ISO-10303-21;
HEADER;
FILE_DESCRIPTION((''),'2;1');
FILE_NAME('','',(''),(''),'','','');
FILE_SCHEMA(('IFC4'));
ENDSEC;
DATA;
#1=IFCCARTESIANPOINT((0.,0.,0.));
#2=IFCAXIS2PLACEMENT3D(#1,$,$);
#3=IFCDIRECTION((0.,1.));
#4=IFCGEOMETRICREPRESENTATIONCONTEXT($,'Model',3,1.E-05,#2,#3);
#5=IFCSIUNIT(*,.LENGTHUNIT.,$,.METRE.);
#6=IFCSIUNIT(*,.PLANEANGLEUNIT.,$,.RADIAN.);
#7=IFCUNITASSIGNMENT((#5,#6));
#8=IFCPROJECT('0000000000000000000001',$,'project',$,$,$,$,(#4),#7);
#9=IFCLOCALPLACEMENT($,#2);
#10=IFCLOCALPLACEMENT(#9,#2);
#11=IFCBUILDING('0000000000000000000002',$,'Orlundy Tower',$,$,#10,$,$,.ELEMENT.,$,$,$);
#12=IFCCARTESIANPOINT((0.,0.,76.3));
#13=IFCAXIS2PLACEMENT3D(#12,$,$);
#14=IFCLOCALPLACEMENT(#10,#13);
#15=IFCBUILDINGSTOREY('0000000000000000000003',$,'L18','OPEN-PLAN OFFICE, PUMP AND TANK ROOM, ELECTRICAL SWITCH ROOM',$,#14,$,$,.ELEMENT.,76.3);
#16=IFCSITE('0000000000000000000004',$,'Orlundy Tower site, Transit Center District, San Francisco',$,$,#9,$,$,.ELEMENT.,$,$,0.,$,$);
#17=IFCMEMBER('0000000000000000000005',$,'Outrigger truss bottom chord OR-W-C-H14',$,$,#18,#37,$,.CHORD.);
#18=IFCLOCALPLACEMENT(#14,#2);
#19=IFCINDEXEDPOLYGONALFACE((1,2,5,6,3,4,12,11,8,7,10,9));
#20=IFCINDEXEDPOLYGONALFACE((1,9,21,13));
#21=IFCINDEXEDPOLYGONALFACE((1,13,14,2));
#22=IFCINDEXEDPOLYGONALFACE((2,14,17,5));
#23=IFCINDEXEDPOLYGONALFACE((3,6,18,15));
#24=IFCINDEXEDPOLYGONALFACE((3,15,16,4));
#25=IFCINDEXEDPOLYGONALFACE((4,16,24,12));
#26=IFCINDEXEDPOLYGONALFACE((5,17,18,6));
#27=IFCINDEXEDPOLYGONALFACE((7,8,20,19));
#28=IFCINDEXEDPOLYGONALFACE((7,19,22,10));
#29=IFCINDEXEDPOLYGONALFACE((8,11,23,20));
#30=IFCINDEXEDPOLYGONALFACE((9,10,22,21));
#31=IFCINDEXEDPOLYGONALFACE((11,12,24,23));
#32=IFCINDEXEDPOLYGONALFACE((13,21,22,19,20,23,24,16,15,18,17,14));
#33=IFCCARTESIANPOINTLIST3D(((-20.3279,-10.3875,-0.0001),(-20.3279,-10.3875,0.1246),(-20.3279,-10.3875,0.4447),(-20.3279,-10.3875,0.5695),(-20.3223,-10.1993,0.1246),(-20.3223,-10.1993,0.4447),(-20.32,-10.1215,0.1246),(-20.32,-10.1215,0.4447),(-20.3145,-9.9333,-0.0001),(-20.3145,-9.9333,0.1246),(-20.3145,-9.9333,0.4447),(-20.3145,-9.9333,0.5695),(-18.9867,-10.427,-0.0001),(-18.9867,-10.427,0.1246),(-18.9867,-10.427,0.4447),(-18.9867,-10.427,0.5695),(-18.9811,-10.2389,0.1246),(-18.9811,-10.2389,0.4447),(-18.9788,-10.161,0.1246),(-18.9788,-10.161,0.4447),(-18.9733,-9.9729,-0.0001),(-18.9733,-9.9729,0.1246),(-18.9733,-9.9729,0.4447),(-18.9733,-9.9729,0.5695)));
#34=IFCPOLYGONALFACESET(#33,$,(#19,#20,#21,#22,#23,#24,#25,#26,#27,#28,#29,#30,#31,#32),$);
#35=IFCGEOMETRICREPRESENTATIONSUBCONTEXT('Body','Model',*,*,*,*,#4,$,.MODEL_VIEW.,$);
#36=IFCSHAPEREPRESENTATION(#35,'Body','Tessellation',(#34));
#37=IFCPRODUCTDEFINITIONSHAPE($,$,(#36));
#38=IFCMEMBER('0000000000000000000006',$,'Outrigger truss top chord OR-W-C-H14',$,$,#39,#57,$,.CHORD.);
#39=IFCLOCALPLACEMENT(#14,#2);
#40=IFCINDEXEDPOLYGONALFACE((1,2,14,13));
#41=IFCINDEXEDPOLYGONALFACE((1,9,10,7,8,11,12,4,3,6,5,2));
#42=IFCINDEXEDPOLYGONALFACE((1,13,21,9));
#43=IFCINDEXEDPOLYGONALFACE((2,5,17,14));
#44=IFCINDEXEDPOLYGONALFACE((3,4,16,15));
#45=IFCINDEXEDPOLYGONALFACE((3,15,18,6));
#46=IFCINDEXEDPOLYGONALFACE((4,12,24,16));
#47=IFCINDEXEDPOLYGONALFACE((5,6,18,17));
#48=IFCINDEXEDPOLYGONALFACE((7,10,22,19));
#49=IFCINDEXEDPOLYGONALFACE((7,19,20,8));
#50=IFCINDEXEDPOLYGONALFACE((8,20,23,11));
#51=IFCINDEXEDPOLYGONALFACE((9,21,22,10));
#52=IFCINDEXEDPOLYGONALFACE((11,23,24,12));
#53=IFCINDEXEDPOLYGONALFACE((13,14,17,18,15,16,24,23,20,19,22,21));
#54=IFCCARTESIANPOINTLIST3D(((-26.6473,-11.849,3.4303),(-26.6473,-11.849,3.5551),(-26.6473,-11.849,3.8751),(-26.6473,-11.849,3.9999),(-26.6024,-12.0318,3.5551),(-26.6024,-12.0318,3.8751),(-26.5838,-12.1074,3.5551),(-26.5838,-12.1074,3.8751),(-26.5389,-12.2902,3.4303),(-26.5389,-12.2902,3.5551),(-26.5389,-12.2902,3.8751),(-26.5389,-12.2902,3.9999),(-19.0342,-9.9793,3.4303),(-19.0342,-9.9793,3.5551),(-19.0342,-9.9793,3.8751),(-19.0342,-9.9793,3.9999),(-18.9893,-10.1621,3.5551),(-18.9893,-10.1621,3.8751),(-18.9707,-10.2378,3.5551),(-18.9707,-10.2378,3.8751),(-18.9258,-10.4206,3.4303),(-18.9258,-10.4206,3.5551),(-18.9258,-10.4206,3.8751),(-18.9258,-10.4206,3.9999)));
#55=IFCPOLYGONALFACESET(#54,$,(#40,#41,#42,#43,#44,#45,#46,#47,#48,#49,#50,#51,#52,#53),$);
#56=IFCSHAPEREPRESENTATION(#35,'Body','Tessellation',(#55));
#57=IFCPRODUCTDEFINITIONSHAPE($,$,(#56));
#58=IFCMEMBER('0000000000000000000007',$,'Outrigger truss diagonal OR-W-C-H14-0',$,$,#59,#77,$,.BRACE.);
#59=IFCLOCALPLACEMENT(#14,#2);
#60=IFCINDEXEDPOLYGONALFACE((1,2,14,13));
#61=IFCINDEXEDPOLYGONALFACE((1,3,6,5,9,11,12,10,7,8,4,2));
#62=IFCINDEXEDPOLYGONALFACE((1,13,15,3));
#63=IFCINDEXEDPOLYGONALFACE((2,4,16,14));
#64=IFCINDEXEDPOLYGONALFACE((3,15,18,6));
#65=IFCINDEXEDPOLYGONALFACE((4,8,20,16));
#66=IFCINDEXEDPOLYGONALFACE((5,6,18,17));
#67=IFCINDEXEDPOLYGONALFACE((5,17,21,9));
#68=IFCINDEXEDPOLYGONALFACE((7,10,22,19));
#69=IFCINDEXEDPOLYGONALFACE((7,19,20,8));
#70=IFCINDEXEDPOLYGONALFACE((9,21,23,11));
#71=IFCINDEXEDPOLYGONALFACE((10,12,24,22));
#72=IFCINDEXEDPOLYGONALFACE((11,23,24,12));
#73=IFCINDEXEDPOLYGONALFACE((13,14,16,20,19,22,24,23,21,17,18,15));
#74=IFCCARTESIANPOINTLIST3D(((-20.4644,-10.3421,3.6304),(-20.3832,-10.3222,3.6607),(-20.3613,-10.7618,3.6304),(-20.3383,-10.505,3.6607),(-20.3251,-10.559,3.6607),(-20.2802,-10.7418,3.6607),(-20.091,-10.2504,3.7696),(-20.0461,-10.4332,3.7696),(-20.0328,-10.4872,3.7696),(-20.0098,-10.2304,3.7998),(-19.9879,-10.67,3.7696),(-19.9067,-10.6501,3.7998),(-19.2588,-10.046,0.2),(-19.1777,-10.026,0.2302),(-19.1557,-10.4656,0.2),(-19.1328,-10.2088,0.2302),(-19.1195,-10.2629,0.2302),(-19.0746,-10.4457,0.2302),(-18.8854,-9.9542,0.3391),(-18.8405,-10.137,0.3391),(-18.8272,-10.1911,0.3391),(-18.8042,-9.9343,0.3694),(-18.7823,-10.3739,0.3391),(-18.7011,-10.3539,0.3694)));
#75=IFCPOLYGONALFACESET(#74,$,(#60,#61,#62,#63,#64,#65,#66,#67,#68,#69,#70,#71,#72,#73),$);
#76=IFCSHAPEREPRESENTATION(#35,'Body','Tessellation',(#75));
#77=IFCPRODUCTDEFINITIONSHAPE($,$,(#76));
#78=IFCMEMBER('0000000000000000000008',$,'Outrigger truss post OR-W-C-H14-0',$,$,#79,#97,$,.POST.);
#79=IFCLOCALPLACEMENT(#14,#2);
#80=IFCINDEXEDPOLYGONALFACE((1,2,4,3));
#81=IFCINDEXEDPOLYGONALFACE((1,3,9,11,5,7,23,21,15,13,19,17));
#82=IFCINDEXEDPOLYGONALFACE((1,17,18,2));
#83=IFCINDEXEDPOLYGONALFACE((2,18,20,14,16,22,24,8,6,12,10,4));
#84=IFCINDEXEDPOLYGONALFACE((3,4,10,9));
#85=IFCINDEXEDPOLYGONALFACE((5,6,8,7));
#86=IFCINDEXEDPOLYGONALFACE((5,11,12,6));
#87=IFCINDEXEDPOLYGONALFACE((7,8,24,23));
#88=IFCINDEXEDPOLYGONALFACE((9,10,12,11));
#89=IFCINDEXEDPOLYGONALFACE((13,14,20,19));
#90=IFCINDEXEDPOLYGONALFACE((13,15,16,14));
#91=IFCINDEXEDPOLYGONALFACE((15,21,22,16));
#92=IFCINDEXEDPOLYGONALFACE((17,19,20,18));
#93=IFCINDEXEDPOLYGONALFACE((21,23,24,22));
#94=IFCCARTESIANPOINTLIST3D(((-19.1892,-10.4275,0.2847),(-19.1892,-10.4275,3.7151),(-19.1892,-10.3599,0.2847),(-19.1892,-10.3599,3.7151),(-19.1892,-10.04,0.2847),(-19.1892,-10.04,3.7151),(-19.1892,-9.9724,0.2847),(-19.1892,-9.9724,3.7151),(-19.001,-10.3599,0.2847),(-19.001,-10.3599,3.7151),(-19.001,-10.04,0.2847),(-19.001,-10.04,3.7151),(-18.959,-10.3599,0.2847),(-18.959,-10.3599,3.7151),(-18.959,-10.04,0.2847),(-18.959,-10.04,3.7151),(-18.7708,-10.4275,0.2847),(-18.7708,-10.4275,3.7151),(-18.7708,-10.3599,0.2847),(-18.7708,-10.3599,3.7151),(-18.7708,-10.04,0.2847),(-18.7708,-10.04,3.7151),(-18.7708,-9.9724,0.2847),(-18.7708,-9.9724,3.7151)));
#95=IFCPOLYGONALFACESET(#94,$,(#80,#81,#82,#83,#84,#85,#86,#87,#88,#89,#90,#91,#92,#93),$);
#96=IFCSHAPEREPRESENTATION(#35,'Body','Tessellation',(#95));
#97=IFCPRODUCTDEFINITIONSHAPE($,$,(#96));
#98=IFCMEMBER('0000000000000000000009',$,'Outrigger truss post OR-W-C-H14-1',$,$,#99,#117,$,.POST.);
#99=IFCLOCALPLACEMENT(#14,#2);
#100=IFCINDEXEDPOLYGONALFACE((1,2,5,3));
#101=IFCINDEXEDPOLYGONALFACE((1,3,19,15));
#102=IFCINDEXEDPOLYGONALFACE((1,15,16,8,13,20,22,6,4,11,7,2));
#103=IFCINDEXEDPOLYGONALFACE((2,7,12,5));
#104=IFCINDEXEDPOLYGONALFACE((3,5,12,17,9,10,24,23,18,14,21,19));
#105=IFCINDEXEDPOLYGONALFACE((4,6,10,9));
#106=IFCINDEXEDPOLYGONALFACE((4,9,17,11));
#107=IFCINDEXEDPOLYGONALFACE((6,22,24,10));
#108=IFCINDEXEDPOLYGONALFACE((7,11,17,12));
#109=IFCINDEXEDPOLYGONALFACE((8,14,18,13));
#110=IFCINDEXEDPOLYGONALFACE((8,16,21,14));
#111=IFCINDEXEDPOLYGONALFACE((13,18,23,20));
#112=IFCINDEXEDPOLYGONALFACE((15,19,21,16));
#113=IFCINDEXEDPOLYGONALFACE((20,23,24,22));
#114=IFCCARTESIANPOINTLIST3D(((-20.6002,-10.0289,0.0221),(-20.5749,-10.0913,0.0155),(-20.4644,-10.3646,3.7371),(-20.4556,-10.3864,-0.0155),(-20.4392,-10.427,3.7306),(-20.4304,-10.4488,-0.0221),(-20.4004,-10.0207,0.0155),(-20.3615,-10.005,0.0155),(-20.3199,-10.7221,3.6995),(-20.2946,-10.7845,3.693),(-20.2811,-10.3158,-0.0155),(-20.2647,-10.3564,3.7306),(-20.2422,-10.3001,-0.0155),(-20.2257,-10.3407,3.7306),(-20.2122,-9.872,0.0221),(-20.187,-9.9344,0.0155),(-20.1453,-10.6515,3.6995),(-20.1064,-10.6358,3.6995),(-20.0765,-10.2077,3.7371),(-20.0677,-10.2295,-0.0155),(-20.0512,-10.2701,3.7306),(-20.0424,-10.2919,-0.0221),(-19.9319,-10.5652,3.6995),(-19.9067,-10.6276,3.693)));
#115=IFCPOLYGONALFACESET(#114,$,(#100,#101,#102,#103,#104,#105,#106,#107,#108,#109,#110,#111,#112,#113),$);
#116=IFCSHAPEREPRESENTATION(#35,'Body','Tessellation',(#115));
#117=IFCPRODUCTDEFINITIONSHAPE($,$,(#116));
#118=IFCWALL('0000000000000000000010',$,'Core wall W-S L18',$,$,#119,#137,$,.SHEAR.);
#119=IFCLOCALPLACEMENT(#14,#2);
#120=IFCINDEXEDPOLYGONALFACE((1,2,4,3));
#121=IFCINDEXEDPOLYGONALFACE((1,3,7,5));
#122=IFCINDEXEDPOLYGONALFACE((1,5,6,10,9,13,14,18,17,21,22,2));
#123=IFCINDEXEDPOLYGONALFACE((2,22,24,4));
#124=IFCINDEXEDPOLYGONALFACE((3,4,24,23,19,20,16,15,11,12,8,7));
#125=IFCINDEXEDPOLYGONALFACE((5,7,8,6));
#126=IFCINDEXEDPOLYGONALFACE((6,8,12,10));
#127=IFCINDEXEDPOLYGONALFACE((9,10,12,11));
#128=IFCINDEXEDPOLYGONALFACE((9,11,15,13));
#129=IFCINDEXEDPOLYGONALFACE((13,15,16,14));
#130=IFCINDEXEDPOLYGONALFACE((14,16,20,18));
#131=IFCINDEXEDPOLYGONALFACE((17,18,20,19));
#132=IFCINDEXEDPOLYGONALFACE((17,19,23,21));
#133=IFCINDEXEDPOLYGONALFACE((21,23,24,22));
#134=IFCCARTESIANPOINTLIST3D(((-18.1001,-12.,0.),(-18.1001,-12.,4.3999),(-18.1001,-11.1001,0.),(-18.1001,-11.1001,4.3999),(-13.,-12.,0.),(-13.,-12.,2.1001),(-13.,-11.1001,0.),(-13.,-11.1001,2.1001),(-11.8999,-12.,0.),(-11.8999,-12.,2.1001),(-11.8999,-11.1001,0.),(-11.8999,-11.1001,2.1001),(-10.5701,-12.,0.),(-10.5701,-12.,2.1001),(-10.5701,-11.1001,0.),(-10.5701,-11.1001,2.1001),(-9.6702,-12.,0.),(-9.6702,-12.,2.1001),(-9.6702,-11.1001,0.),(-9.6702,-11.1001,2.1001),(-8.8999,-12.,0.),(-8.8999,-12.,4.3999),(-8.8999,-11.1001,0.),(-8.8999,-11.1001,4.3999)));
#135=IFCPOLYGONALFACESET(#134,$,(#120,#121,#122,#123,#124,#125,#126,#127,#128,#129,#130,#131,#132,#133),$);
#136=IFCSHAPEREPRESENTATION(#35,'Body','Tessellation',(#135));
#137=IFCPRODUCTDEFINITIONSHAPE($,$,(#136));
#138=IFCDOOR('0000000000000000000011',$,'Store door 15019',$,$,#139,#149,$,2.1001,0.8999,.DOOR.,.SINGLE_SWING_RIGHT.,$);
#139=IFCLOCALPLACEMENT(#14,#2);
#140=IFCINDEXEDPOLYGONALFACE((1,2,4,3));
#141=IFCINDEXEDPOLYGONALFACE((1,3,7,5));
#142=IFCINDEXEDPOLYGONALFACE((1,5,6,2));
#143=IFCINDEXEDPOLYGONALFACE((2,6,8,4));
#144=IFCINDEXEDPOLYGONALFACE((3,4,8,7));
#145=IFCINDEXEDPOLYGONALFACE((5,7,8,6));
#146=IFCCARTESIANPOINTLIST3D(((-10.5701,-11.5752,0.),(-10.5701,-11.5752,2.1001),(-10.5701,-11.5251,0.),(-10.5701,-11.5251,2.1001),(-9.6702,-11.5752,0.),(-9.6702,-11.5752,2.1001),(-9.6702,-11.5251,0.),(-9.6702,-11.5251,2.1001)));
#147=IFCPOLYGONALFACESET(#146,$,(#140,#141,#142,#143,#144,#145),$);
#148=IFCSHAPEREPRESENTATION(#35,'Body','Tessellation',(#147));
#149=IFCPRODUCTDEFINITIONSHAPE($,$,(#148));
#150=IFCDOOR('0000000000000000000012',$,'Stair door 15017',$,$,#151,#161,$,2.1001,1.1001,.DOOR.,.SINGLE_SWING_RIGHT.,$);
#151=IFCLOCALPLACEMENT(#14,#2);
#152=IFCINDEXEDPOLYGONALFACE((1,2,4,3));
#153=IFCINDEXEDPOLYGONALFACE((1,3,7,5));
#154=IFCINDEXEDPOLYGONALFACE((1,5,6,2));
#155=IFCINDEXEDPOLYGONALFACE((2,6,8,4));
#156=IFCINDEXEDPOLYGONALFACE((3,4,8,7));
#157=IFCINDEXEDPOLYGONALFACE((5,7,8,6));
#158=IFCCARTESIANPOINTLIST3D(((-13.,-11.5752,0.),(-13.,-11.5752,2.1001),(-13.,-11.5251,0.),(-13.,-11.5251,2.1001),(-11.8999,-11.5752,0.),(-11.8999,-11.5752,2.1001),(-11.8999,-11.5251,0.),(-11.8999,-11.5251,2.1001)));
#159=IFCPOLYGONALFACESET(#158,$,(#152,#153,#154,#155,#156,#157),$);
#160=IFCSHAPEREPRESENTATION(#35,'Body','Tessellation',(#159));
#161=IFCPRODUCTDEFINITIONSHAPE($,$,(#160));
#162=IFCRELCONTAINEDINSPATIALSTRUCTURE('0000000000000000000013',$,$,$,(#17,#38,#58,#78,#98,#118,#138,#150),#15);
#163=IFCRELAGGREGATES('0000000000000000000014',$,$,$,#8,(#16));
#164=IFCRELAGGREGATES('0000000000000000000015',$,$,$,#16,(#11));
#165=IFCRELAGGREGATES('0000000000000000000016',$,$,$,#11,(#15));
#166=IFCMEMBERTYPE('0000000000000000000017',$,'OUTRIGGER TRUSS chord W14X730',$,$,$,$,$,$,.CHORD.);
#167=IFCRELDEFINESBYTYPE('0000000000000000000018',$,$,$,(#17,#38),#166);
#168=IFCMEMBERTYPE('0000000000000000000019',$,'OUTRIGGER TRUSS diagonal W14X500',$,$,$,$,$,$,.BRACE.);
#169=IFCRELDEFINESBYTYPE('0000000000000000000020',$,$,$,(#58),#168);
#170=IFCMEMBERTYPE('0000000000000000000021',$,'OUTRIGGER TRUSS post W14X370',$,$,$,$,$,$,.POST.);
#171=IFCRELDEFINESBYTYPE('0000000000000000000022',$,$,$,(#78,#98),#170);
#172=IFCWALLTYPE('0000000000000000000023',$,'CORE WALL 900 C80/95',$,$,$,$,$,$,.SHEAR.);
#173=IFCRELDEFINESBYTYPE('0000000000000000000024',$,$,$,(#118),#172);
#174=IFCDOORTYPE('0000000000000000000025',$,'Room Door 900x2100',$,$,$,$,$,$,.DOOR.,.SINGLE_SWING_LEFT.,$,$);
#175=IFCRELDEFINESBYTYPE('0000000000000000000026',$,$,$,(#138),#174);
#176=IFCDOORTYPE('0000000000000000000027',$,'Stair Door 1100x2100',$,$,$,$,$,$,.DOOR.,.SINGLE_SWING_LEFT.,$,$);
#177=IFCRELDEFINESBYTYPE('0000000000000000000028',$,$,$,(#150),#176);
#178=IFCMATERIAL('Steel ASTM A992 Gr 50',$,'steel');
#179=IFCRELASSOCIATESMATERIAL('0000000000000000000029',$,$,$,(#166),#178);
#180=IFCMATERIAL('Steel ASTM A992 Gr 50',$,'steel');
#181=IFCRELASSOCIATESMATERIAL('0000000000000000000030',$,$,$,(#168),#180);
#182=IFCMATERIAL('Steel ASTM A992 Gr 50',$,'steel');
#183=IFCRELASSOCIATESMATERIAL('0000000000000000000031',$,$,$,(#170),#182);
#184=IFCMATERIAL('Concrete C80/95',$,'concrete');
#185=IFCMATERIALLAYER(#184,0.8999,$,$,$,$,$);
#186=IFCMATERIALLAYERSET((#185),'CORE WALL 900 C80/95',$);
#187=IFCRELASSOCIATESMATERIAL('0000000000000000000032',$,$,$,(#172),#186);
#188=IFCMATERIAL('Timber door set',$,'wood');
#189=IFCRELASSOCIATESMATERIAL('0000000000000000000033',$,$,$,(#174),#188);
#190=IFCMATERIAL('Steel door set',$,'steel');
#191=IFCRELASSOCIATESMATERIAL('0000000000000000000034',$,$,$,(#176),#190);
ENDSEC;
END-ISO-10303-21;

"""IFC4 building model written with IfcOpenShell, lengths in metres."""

from ifc_helpers import new_model, si_unit, direction, frame, frame_2d, origin, origin_2d, place, context, subcontext, project, spatial, rectangle, i_section, extrude, material, layer, layer_set, material_profile, profile_set, type_object, element, fill, save


model = new_model("IFC4")

# Units and contexts
model_context = context("Model", 3, precision=1e-05, world=origin(), true_north=direction((0.0, 1.0)))
body_context = subcontext(model_context, "Body", "Model", "MODEL_VIEW")
ifc_project = project(units=[si_unit("LENGTHUNIT", "METRE"), si_unit("PLANEANGLEUNIT", "RADIAN")], contexts=[model_context])

# Site, building, storey
site_placement = place(None, origin())
site = spatial("IfcSite", under=ifc_project, at=site_placement, Name="Orlundy Tower site, Transit Center District, San Francisco", CompositionType="ELEMENT", RefElevation=0.0)
building_placement = place(site_placement, origin())
building = spatial("IfcBuilding", under=site, at=building_placement, Name="Orlundy Tower", CompositionType="ELEMENT")
storey_placement = place(building_placement, frame((0.0, 0.0, 76.3)))
storey = spatial("IfcBuildingStorey", under=building, at=storey_placement, Name="L18", Description="OPEN-PLAN OFFICE, PUMP AND TANK ROOM, ELECTRICAL SWITCH ROOM", CompositionType="ELEMENT", Elevation=76.3)

# Members
ifc_material_1 = material(Name="Steel ASTM A992 Gr 50", Category="steel")
ifc_material_profile_1 = material_profile(ifc_material_1, i_section(OverallWidth=0.4543, OverallDepth=0.5696, WebThickness=0.0779, FlangeThickness=0.1248, at=origin_2d()), Name="W14X730")
ifc_profile_set_1 = profile_set([ifc_material_profile_1], Name="Steel ASTM A992 Gr 50")
member_type_1 = type_object("IfcMemberType", Name="OUTRIGGER TRUSS chord W14X730", PredefinedType="CHORD", material=ifc_profile_set_1)
member_1_placement = place(storey_placement, frame((-18.98, -10.2, 0.2847), z_axis=(-0.999566, 0.029474, 0.0), x_axis=(-0.029474, -0.999566, 0.0)))
element("IfcMember", 1, at=member_1_placement, inside=storey, type_object=member_type_1, Name="Outrigger truss bottom chord OR-W-C-H14", PredefinedType="CHORD", context=body_context, shape_type="SweptSolid", body=[
    extrude(i_section(OverallWidth=0.4543, OverallDepth=0.5696, WebThickness=0.0779, FlangeThickness=0.1248, at=origin_2d()), origin(), (0.0, 0.0, 1.0), 1.3418),
])
member_2_placement = place(storey_placement, frame((-18.98, -10.2, 3.7151), z_axis=(-0.971144, -0.238496, 0.0), x_axis=(0.238496, -0.971144, 0.0)))
element("IfcMember", 2, at=member_2_placement, inside=storey, type_object=member_type_1, Name="Outrigger truss top chord OR-W-C-H14", PredefinedType="CHORD", context=body_context, shape_type="SweptSolid", body=[
    extrude(i_section(OverallWidth=0.4543, OverallDepth=0.5696, WebThickness=0.0779, FlangeThickness=0.1248, at=origin_2d()), origin(), (0.0, 0.0, 1.0), 7.8394),
])
ifc_material_2 = material(Name="Steel ASTM A992 Gr 50", Category="steel")
ifc_material_profile_2 = material_profile(ifc_material_2, i_section(OverallWidth=0.4321, OverallDepth=0.4978, WebThickness=0.0557, FlangeThickness=0.0889, at=origin_2d()), Name="W14X500")
ifc_profile_set_2 = profile_set([ifc_material_profile_2], Name="Steel ASTM A992 Gr 50")
member_type_2 = type_object("IfcMemberType", Name="OUTRIGGER TRUSS diagonal W14X500", PredefinedType="BRACE", material=ifc_profile_set_2)
member_3_placement = place(storey_placement, frame((-18.98, -10.2, 0.2847), z_axis=(-0.330461, -0.081176, 0.940322), x_axis=(0.238554, -0.971129, 0.0)))
element("IfcMember", 3, at=member_3_placement, inside=storey, type_object=member_type_2, Name="Outrigger truss diagonal OR-W-C-H14-0", PredefinedType="BRACE", context=body_context, shape_type="SweptSolid", body=[
    extrude(i_section(OverallWidth=0.4321, OverallDepth=0.4978, WebThickness=0.0557, FlangeThickness=0.0889, at=origin_2d()), origin(), (0.0, 0.0, 1.0), 3.6482),
])
ifc_material_3 = material(Name="Steel ASTM A992 Gr 50", Category="steel")
ifc_material_profile_3 = material_profile(ifc_material_3, i_section(OverallWidth=0.4185, OverallDepth=0.4551, WebThickness=0.042, FlangeThickness=0.0676, at=origin_2d()), Name="W14X370")
ifc_profile_set_3 = profile_set([ifc_material_profile_3], Name="Steel ASTM A992 Gr 50")
member_type_3 = type_object("IfcMemberType", Name="OUTRIGGER TRUSS post W14X370", PredefinedType="POST", material=ifc_profile_set_3)
member_4_placement = place(storey_placement, frame((-18.98, -10.2, 0.2847), z_axis=(0.0, 0.0, 1.0), x_axis=(1.0, 0.0, 0.0)))
element("IfcMember", 4, at=member_4_placement, inside=storey, type_object=member_type_3, Name="Outrigger truss post OR-W-C-H14-0", PredefinedType="POST", context=body_context, shape_type="SweptSolid", body=[
    extrude(i_section(OverallWidth=0.4185, OverallDepth=0.4551, WebThickness=0.042, FlangeThickness=0.0676, at=origin_2d()), origin(), (0.0, 0.0, 1.0), 3.4304),
])
member_5_placement = place(storey_placement, frame((-20.3213, -10.1604, 0.0), z_axis=(0.036366, -0.089933, 0.995284), x_axis=(0.927075, 0.374875, 0.0)))
element("IfcMember", 5, at=member_5_placement, inside=storey, type_object=member_type_3, Name="Outrigger truss post OR-W-C-H14-1", PredefinedType="POST", context=body_context, shape_type="SweptSolid", body=[
    extrude(i_section(OverallWidth=0.4185, OverallDepth=0.4551, WebThickness=0.042, FlangeThickness=0.0676, at=origin_2d()), origin(), (0.0, 0.0, 1.0), 3.7327),
])

# Wall, openings, doors
ifc_material_4 = material(Name="Concrete C80/95", Category="concrete")
ifc_layer_1 = layer(ifc_material_4, 0.8999)
ifc_layer_set_1 = layer_set([ifc_layer_1], Name="CORE WALL 900 C80/95")
wall_type_1 = type_object("IfcWallType", Name="CORE WALL 900 C80/95", PredefinedType="SHEAR", material=ifc_layer_set_1)
wall_1_placement = place(storey_placement, frame((-18.1001, -11.55, 0.0), z_axis=(0.0, 0.0, 1.0), x_axis=(1.0, 0.0, 0.0)))
wall_1 = element("IfcWall", 6, at=wall_1_placement, inside=storey, type_object=wall_type_1, Name="Core wall W-S L18", PredefinedType="SHEAR", context=body_context, shape_type="SweptSolid", body=[
    extrude(rectangle(XDim=9.2002, YDim=0.8999, at=frame_2d((4.6001, 0.0))), origin(), (0.0, 0.0, 1.0), 4.3999),
])
opening_1_placement = place(wall_1_placement, frame((5.1001, 0.0, 0.0)))
opening_1 = element("IfcOpeningElement", 7, at=opening_1_placement, cuts=wall_1, PredefinedType="OPENING", context=body_context, shape_type="SweptSolid", body=[
    extrude(rectangle(XDim=1.1001, YDim=2.1001, at=frame_2d((0.55, 1.05))), frame((0.0, 0.46, 0.0), z_axis=(0.0, -1.0, 0.0), x_axis=(1.0, 0.0, 0.0)), (0.0, 0.0, 1.0), 0.9199),
])
opening_2_placement = place(wall_1_placement, frame((7.53, 0.0, 0.0)))
opening_2 = element("IfcOpeningElement", 8, at=opening_2_placement, cuts=wall_1, PredefinedType="OPENING", context=body_context, shape_type="SweptSolid", body=[
    extrude(rectangle(XDim=0.8999, YDim=2.1001, at=frame_2d((0.45, 1.05))), frame((0.0, 0.46, 0.0), z_axis=(0.0, -1.0, 0.0), x_axis=(1.0, 0.0, 0.0)), (0.0, 0.0, 1.0), 0.9199),
])
ifc_material_5 = material(Name="Timber door set", Category="wood")
door_type_1 = type_object("IfcDoorType", Name="Room Door 900x2100", OperationType="SINGLE_SWING_LEFT", PredefinedType="DOOR", material=ifc_material_5)
door_1_placement = place(opening_2_placement, origin())
door_1 = element("IfcDoor", 9, at=door_1_placement, inside=storey, type_object=door_type_1, Name="Store door 15019", OperationType="SINGLE_SWING_RIGHT", OverallHeight=2.1001, OverallWidth=0.8999, PredefinedType="DOOR", context=body_context, shape_type="SweptSolid", body=[
    extrude(rectangle(XDim=0.8999, YDim=2.1001, at=frame_2d((0.45, 1.05))), frame((0.0, 0.0249, 0.0), z_axis=(0.0, -1.0, 0.0), x_axis=(1.0, 0.0, 0.0)), (0.0, 0.0, 1.0), 0.05),
])
fill(opening_2, door_1)
ifc_material_6 = material(Name="Steel door set", Category="steel")
door_type_2 = type_object("IfcDoorType", Name="Stair Door 1100x2100", OperationType="SINGLE_SWING_LEFT", PredefinedType="DOOR", material=ifc_material_6)
door_2_placement = place(opening_1_placement, origin())
door_2 = element("IfcDoor", 10, at=door_2_placement, inside=storey, type_object=door_type_2, Name="Stair door 15017", OperationType="SINGLE_SWING_RIGHT", OverallHeight=2.1001, OverallWidth=1.1001, PredefinedType="DOOR", context=body_context, shape_type="SweptSolid", body=[
    extrude(rectangle(XDim=1.1001, YDim=2.1001, at=frame_2d((0.55, 1.05))), frame((0.0, 0.0249, 0.0), z_axis=(0.0, -1.0, 0.0), x_axis=(1.0, 0.0, 0.0)), (0.0, 0.0, 1.0), 0.05),
])
fill(opening_1, door_2)

save(model, "model.ifc")
